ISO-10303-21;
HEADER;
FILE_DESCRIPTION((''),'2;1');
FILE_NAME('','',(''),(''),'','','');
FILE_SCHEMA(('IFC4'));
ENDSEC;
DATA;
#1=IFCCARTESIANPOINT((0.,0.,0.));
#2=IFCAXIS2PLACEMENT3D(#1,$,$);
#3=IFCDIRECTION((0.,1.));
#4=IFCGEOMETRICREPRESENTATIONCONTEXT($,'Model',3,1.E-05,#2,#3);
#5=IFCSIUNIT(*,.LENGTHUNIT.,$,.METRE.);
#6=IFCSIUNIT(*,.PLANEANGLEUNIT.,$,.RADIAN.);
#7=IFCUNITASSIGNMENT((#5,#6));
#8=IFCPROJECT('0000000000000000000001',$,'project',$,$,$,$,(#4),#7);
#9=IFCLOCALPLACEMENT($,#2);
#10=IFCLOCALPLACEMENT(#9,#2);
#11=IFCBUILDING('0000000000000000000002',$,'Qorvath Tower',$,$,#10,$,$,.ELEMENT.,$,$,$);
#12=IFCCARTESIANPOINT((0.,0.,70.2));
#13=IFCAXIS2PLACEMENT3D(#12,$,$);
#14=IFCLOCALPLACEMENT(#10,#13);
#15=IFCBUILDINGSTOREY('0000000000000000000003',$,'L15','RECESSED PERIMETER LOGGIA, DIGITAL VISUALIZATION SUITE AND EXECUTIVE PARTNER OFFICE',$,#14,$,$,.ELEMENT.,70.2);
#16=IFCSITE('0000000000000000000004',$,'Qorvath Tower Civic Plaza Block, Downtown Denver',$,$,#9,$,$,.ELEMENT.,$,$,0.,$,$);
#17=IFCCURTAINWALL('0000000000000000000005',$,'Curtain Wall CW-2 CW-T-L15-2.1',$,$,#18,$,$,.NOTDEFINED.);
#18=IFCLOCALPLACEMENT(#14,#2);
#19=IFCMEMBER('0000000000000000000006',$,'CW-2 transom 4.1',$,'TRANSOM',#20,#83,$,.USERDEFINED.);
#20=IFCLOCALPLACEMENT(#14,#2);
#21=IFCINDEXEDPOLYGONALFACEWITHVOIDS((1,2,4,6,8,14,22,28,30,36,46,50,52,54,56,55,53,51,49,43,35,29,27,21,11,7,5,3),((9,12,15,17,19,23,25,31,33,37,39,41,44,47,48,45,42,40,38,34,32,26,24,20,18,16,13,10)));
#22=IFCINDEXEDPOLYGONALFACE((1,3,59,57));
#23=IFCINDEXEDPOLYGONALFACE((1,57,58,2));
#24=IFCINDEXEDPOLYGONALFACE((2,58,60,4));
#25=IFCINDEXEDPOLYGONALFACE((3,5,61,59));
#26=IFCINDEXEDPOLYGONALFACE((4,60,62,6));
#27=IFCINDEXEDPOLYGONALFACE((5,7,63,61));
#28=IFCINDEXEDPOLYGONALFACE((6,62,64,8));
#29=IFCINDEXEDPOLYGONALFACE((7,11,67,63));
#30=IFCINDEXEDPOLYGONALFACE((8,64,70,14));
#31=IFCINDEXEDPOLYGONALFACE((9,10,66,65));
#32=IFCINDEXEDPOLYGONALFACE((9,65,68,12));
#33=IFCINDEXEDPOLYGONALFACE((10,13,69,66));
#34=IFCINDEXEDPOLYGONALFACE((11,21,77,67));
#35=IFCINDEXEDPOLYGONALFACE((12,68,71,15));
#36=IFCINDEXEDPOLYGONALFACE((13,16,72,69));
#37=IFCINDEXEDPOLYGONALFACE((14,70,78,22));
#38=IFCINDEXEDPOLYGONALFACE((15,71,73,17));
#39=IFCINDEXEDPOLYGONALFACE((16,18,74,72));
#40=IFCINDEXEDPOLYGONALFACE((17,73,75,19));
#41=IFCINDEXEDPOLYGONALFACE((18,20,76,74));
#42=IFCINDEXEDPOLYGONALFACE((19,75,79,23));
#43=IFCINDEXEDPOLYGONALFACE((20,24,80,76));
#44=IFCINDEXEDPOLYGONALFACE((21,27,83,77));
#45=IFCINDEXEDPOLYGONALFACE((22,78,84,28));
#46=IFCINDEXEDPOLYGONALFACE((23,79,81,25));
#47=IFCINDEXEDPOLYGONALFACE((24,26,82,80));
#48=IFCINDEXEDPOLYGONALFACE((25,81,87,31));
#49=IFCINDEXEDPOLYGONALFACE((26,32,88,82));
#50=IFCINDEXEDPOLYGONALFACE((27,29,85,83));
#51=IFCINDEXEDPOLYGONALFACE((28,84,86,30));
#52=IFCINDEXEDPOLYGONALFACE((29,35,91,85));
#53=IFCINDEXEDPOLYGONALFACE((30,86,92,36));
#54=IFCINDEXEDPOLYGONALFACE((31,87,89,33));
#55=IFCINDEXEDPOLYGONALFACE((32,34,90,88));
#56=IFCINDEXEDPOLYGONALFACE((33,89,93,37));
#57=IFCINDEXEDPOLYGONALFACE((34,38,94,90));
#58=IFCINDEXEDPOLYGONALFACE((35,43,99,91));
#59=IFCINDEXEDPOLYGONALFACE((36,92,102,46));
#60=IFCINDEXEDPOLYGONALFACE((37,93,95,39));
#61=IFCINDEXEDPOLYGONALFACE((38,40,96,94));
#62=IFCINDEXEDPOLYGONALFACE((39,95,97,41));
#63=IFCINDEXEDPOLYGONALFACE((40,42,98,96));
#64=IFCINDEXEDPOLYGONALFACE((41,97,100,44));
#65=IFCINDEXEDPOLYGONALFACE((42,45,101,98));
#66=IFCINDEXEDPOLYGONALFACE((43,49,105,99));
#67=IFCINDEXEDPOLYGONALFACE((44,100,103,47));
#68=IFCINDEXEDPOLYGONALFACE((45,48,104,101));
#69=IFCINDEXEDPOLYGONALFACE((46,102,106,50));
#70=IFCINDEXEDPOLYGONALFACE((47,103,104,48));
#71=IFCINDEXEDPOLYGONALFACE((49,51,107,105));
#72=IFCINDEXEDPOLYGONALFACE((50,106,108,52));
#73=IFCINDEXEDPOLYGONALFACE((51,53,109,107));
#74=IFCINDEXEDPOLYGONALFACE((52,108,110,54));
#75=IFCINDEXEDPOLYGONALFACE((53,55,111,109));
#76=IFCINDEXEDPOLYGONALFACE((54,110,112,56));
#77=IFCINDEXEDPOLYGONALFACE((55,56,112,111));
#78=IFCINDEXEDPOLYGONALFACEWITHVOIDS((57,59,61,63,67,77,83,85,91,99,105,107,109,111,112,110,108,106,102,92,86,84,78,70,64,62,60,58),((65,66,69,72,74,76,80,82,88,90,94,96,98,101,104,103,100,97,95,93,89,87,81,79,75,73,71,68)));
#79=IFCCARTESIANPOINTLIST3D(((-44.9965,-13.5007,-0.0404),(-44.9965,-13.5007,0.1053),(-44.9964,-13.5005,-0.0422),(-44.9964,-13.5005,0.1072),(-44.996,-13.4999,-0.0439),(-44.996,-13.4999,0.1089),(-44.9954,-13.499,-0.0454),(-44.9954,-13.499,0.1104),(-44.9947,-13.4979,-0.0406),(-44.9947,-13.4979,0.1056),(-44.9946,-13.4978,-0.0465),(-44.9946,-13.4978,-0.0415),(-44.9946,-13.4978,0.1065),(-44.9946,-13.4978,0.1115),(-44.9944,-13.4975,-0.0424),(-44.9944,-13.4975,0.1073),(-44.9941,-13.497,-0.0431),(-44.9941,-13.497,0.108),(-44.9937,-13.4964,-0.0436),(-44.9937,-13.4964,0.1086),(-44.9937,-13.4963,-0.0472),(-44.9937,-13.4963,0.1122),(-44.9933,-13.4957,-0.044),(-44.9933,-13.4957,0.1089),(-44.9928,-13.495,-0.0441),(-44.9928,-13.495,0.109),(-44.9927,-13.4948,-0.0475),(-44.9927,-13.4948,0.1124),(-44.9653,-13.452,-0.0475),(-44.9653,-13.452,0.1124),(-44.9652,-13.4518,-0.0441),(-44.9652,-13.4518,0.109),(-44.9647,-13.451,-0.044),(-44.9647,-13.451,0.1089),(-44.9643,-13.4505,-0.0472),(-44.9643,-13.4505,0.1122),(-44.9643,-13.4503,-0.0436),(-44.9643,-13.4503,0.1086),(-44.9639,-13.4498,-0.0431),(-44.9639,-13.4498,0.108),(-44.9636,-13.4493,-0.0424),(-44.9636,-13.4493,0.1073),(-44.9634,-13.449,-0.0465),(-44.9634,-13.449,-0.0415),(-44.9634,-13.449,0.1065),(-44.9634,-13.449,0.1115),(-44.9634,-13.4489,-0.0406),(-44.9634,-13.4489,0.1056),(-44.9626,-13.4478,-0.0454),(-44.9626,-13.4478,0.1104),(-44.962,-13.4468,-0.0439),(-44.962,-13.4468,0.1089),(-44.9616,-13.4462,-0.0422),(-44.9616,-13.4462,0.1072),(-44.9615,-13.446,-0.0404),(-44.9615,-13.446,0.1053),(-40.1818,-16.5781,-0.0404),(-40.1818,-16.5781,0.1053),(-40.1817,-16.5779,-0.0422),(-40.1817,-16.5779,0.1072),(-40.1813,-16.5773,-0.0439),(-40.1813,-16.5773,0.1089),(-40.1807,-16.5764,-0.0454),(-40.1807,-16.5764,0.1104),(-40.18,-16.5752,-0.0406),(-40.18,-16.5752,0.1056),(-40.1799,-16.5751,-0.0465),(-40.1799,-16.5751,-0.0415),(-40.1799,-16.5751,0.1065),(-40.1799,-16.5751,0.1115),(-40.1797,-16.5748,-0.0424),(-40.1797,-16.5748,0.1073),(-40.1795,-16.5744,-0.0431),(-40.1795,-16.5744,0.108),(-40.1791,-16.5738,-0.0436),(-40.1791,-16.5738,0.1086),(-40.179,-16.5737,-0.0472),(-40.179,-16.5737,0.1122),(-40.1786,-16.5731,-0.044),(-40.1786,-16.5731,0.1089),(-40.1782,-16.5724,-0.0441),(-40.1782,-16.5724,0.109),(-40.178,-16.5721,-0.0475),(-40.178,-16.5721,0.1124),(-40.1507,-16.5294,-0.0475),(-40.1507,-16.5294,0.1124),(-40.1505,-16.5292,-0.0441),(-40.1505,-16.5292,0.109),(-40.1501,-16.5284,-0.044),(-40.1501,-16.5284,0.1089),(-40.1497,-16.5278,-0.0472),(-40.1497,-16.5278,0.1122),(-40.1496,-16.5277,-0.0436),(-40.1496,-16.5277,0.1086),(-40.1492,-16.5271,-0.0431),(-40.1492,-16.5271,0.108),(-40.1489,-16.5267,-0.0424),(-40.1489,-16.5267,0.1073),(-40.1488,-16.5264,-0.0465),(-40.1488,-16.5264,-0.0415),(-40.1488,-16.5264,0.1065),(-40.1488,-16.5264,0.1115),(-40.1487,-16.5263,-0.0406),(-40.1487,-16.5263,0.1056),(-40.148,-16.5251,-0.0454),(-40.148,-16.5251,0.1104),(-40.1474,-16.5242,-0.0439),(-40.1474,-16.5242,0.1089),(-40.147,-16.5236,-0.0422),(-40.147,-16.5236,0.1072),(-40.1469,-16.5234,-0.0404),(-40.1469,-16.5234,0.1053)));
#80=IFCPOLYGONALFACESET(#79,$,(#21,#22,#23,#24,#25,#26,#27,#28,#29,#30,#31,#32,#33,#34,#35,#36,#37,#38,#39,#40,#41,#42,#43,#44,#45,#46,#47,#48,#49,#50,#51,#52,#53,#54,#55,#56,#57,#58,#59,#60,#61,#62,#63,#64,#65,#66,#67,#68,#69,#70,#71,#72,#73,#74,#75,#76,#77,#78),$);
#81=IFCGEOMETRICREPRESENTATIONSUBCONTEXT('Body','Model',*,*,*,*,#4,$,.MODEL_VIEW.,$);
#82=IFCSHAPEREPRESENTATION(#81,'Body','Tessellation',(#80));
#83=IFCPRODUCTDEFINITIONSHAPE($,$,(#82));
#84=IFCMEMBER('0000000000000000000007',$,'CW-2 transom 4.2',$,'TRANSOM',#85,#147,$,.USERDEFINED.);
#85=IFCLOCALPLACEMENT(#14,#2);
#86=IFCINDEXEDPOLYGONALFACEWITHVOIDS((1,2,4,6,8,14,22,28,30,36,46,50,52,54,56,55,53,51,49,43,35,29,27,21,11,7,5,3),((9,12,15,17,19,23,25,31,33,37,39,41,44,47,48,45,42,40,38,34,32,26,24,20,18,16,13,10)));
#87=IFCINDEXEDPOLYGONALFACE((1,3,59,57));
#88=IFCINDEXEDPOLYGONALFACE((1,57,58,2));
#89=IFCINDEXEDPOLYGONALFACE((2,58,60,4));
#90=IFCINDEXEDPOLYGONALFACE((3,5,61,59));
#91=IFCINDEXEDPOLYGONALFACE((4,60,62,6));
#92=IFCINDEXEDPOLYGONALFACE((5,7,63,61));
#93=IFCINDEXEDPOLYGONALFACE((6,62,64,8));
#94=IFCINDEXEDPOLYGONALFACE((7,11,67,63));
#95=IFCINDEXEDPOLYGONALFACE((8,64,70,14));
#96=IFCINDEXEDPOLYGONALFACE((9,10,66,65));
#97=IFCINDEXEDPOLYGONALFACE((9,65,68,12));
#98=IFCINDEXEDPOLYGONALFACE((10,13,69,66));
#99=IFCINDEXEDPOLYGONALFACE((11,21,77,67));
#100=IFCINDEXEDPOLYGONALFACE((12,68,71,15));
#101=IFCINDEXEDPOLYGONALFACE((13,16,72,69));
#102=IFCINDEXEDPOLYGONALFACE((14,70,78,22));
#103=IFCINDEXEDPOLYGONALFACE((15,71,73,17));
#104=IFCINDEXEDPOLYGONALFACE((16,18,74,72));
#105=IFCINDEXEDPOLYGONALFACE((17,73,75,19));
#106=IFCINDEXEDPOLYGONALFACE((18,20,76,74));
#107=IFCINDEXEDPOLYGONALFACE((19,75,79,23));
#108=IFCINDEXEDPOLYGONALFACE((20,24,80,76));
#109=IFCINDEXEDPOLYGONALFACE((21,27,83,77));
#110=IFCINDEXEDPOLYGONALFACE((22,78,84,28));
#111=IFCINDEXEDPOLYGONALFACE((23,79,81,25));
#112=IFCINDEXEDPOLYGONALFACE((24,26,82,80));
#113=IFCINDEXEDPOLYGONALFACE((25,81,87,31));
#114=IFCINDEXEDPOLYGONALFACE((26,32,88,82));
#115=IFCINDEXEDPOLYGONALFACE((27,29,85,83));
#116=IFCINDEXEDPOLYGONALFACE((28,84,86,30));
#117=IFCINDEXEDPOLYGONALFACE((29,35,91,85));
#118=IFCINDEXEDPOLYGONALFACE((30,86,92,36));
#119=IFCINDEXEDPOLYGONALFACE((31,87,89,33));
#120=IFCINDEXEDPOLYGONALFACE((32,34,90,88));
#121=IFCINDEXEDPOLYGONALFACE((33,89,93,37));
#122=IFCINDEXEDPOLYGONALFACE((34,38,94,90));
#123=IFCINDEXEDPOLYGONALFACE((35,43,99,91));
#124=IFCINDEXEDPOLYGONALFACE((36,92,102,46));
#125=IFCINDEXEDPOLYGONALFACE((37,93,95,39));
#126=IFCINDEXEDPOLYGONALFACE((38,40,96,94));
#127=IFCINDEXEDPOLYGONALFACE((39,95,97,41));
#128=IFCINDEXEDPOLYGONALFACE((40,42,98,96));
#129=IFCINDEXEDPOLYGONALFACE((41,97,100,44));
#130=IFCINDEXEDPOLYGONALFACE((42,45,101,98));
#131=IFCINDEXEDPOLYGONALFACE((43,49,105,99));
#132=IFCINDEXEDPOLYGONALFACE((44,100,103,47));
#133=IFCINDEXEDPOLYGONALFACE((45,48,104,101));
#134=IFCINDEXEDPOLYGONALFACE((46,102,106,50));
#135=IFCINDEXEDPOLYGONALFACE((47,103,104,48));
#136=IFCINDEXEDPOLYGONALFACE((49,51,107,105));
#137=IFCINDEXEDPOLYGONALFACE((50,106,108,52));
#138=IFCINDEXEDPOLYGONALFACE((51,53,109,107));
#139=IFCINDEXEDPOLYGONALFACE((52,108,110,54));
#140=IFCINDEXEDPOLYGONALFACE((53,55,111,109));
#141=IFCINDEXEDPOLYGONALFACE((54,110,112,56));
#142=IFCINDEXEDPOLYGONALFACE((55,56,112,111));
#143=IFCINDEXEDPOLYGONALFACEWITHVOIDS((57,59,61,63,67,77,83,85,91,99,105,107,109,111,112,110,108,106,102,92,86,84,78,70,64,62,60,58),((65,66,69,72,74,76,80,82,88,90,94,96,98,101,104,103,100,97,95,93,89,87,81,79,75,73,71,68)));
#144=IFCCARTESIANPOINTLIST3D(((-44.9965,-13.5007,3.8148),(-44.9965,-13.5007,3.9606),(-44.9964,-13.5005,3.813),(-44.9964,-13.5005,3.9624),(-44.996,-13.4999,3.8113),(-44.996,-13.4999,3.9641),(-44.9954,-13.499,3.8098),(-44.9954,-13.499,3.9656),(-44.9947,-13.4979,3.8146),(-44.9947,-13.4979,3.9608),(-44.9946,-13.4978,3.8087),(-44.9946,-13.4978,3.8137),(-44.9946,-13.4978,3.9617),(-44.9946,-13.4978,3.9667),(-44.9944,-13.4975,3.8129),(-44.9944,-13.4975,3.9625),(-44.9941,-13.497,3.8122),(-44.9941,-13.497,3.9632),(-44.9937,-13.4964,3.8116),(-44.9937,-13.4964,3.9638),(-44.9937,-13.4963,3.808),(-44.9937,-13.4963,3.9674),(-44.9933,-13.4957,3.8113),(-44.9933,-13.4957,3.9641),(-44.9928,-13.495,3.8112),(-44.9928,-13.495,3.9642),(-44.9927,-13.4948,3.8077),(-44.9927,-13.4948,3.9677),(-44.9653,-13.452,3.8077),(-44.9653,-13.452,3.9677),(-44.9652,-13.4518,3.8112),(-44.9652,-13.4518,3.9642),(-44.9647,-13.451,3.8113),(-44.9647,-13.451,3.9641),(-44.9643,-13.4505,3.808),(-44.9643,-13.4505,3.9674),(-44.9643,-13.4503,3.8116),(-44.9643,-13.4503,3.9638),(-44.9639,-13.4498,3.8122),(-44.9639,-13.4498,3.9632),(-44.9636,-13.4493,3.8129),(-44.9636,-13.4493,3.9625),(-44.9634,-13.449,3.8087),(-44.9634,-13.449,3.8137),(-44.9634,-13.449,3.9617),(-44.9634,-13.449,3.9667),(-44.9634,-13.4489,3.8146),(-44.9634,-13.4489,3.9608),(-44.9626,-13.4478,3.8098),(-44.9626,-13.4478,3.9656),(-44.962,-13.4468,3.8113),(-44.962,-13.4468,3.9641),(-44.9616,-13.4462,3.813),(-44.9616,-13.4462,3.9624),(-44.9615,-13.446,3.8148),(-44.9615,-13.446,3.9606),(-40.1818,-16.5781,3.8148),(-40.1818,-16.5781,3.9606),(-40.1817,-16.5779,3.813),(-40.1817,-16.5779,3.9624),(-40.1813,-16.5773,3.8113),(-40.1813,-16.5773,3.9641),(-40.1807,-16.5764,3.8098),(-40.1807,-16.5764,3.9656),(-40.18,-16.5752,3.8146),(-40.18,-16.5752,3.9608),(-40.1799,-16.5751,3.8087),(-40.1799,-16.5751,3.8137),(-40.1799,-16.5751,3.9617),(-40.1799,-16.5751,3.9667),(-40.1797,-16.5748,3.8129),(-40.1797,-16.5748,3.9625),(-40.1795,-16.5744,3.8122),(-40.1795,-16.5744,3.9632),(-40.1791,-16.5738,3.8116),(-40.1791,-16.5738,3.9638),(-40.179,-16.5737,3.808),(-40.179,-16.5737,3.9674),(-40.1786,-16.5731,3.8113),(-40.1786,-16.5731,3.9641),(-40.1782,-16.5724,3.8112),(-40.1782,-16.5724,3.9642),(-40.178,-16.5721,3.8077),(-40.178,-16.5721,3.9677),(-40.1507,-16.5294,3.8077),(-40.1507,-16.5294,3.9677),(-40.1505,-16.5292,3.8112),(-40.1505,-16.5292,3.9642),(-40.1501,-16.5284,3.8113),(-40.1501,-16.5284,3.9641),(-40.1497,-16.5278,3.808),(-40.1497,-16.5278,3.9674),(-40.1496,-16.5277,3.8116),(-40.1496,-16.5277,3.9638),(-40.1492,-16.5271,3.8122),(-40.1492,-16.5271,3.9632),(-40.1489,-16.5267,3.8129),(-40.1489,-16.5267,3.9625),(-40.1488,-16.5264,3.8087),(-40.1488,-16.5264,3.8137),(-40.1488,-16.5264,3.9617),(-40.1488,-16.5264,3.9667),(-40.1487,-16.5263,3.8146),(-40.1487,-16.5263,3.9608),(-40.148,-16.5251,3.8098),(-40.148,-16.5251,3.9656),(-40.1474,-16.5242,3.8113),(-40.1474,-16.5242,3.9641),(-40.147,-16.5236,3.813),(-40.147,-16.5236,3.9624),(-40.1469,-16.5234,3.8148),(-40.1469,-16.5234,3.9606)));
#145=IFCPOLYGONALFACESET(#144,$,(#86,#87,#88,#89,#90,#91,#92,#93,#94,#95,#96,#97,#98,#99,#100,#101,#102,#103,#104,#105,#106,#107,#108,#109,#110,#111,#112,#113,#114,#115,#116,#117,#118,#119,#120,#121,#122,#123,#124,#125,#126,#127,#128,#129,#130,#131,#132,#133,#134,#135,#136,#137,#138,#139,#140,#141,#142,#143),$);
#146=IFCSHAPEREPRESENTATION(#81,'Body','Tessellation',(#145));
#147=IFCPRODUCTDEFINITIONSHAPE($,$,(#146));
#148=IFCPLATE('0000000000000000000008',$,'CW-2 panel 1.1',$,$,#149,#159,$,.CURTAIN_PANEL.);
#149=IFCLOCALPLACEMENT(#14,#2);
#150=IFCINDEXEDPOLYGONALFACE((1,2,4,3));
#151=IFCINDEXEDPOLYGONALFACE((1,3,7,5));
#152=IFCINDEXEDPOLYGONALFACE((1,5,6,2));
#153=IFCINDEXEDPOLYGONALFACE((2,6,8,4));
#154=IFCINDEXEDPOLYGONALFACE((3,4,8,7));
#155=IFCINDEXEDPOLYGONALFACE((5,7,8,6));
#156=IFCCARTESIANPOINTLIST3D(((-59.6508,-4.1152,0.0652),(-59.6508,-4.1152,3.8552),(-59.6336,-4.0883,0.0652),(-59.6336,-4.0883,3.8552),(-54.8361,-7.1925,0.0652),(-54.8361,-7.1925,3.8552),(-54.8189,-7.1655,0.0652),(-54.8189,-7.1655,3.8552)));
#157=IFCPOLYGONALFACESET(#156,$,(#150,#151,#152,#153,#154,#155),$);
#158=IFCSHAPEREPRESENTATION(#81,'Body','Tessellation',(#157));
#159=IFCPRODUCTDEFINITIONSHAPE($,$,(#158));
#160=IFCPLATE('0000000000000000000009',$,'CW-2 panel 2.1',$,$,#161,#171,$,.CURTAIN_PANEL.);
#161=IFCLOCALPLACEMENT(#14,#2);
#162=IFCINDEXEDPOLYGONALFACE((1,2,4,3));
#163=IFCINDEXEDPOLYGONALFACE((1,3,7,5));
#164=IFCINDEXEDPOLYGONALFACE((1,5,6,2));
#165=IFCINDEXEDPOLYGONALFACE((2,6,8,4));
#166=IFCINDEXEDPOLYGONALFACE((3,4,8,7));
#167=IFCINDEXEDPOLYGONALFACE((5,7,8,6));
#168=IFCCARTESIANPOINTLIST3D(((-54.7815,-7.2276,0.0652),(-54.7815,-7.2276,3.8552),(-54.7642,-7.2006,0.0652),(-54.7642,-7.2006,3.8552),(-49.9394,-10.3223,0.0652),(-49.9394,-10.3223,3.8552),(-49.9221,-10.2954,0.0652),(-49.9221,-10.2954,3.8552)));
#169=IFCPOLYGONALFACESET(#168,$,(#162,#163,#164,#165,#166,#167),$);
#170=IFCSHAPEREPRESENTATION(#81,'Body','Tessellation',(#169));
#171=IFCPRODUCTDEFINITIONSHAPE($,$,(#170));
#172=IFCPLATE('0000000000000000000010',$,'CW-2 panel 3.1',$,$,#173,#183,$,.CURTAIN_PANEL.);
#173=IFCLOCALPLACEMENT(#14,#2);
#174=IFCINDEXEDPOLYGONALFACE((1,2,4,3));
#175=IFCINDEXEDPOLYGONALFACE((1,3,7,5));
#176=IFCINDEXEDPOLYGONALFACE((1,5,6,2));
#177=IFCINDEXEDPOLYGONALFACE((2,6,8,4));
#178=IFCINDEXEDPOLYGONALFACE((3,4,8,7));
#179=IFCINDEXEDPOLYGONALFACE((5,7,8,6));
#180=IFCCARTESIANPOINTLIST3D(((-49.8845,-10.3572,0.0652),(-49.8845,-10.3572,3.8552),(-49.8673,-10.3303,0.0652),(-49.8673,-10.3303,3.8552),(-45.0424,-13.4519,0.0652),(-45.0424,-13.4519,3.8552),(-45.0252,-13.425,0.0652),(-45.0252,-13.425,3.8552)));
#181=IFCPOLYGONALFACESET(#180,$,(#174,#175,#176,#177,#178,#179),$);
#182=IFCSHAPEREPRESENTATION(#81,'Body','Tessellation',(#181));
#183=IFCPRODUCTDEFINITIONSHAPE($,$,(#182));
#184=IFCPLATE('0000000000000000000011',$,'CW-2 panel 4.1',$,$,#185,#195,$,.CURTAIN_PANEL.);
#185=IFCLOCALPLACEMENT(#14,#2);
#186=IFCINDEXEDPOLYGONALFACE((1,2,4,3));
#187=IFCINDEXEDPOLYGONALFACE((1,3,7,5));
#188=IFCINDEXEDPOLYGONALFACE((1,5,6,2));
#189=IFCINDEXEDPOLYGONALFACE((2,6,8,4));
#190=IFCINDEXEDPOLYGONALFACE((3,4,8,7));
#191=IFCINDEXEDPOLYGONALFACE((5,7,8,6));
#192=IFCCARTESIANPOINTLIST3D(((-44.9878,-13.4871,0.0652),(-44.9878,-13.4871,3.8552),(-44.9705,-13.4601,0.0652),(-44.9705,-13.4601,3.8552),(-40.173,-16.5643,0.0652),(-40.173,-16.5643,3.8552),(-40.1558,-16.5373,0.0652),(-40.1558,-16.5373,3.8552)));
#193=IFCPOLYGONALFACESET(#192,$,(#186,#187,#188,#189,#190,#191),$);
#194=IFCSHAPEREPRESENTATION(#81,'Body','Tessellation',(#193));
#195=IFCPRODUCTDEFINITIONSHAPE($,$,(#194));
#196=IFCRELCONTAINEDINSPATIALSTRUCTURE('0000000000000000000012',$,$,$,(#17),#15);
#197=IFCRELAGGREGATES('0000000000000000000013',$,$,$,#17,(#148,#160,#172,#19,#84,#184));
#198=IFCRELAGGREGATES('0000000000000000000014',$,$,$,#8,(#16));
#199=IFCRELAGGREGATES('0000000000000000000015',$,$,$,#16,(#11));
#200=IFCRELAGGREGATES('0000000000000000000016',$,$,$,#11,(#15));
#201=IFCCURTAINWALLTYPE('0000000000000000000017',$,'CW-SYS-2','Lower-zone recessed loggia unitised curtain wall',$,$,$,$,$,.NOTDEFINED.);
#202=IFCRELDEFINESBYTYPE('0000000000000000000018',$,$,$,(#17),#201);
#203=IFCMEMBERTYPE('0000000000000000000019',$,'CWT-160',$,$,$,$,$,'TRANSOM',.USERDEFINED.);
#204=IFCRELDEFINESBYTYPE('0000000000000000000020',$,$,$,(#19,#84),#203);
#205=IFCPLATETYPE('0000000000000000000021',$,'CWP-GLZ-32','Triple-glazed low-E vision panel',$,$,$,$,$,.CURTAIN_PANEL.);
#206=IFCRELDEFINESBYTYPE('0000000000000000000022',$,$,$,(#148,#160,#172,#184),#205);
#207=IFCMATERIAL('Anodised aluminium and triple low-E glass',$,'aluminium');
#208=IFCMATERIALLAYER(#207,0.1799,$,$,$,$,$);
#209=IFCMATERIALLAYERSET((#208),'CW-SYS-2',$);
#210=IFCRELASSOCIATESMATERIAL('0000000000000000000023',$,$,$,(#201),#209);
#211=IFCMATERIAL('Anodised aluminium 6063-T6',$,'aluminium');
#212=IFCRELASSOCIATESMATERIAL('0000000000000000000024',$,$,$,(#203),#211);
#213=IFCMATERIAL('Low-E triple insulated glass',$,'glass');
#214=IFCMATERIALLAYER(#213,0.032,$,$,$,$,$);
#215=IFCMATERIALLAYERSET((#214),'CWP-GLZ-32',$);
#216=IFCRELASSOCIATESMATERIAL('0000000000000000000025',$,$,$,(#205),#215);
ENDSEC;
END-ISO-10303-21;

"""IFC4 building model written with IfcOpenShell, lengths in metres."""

from ifc_helpers import new_model, si_unit, direction, frame, origin, origin_2d, place, context, subcontext, project, spatial, rectangle, hollow_rectangle, extrude, material, layer, layer_set, material_profile, profile_set, type_object, element, aggregate, save


model = new_model("IFC4")

# Units and contexts
model_context = context("Model", 3, precision=1e-05, world=origin(), true_north=direction((0.0, 1.0)))
body_context = subcontext(model_context, "Body", "Model", "MODEL_VIEW")
ifc_project = project(units=[si_unit("LENGTHUNIT", "METRE"), si_unit("PLANEANGLEUNIT", "RADIAN")], contexts=[model_context])

# Site, building, storey
site_placement = place(None, origin())
site = spatial("IfcSite", under=ifc_project, at=site_placement, Name="Qorvath Tower Civic Plaza Block, Downtown Denver", CompositionType="ELEMENT", RefElevation=0.0)
building_placement = place(site_placement, origin())
building = spatial("IfcBuilding", under=site, at=building_placement, Name="Qorvath Tower", CompositionType="ELEMENT")
storey_placement = place(building_placement, frame((0.0, 0.0, 70.2)))
storey = spatial("IfcBuildingStorey", under=building, at=storey_placement, Name="L15", Description="RECESSED PERIMETER LOGGIA, DIGITAL VISUALIZATION SUITE AND EXECUTIVE PARTNER OFFICE", CompositionType="ELEMENT", Elevation=70.2)

# Curtain wall, members, plates
ifc_material_1 = material(Name="Anodised aluminium and triple low-E glass", Category="aluminium")
ifc_layer_1 = layer(ifc_material_1, 0.1799)
ifc_layer_set_1 = layer_set([ifc_layer_1], Name="CW-SYS-2")
curtain_wall_type = type_object("IfcCurtainWallType", Name="CW-SYS-2", Description="Lower-zone recessed loggia unitised curtain wall", PredefinedType="NOTDEFINED", material=ifc_layer_set_1)
curtain_wall_placement = place(storey_placement, origin())
curtain_wall = element("IfcCurtainWall", 1, at=curtain_wall_placement, inside=storey, type_object=curtain_wall_type, Name="Curtain Wall CW-2 CW-T-L15-2.1", PredefinedType="NOTDEFINED")
ifc_material_2 = material(Name="Anodised aluminium 6063-T6", Category="aluminium")
ifc_material_profile_1 = material_profile(ifc_material_2, hollow_rectangle(XDim=0.0649, YDim=0.1599, WallThickness=0.0034, InnerFilletRadius=0.0034, OuterFilletRadius=0.0071, at=origin_2d()), Name="CWT 160x65")
ifc_profile_set_1 = profile_set([ifc_material_profile_1], Name="Anodised aluminium 6063-T6")
member_type_1 = type_object("IfcMemberType", Name="CWT-160", ElementType="TRANSOM", PredefinedType="USERDEFINED", material=ifc_profile_set_1)
member_1_placement = place(storey_placement, frame((-44.979, -13.4734, 0.0325), z_axis=(0.84259, -0.538555, 0.0), x_axis=(0.538555, 0.84259, 0.0)))
member_1 = element("IfcMember", 2, at=member_1_placement, type_object=member_type_1, Name="CW-2 transom 4.1", ObjectType="TRANSOM", PredefinedType="USERDEFINED", context=body_context, shape_type="SweptSolid", body=[
    extrude(hollow_rectangle(XDim=0.0649, YDim=0.1599, WallThickness=0.0034, InnerFilletRadius=0.0034, OuterFilletRadius=0.0071, at=origin_2d()), origin(), (0.0, 0.0, 1.0), 5.7141),
])
member_2_placement = place(storey_placement, frame((-44.979, -13.4734, 3.8877), z_axis=(0.84259, -0.538555, 0.0), x_axis=(0.538555, 0.84259, 0.0)))
member_2 = element("IfcMember", 3, at=member_2_placement, type_object=member_type_1, Name="CW-2 transom 4.2", ObjectType="TRANSOM", PredefinedType="USERDEFINED", context=body_context, shape_type="SweptSolid", body=[
    extrude(hollow_rectangle(XDim=0.0649, YDim=0.1599, WallThickness=0.0034, InnerFilletRadius=0.0034, OuterFilletRadius=0.0071, at=origin_2d()), origin(), (0.0, 0.0, 1.0), 5.7141),
])
ifc_material_3 = material(Name="Low-E triple insulated glass", Category="glass")
ifc_layer_2 = layer(ifc_material_3, 0.032)
ifc_layer_set_2 = layer_set([ifc_layer_2], Name="CWP-GLZ-32")
plate_type = type_object("IfcPlateType", Name="CWP-GLZ-32", Description="Triple-glazed low-E vision panel", PredefinedType="CURTAIN_PANEL", material=ifc_layer_set_2)
plate_1_placement = place(storey_placement, frame((-57.2349, -5.6404, 0.0652), z_axis=(0.0, 0.0, 1.0), x_axis=(0.842606, -0.538531, 0.0)))
plate_1 = element("IfcPlate", 4, at=plate_1_placement, type_object=plate_type, Name="CW-2 panel 1.1", PredefinedType="CURTAIN_PANEL", context=body_context, shape_type="SweptSolid", body=[
    extrude(rectangle(XDim=5.7141, YDim=0.032, at=origin_2d()), origin(), (0.0, 0.0, 1.0), 3.79),
])
plate_2_placement = place(storey_placement, frame((-52.3518, -8.7615, 0.0652), z_axis=(0.0, 0.0, 1.0), x_axis=(0.842606, -0.538531, 0.0)))
plate_2 = element("IfcPlate", 5, at=plate_2_placement, type_object=plate_type, Name="CW-2 panel 2.1", PredefinedType="CURTAIN_PANEL", context=body_context, shape_type="SweptSolid", body=[
    extrude(rectangle(XDim=5.7466, YDim=0.032, at=origin_2d()), origin(), (0.0, 0.0, 1.0), 3.79),
])
plate_3_placement = place(storey_placement, frame((-47.4548, -11.8911, 0.0652), z_axis=(0.0, 0.0, 1.0), x_axis=(0.842606, -0.538531, 0.0)))
plate_3 = element("IfcPlate", 6, at=plate_3_placement, type_object=plate_type, Name="CW-2 panel 3.1", PredefinedType="CURTAIN_PANEL", context=body_context, shape_type="SweptSolid", body=[
    extrude(rectangle(XDim=5.7466, YDim=0.032, at=origin_2d()), origin(), (0.0, 0.0, 1.0), 3.79),
])
plate_4_placement = place(storey_placement, frame((-42.5718, -15.0122, 0.0652), z_axis=(0.0, 0.0, 1.0), x_axis=(0.842606, -0.538531, 0.0)))
plate_4 = element("IfcPlate", 7, at=plate_4_placement, type_object=plate_type, Name="CW-2 panel 4.1", PredefinedType="CURTAIN_PANEL", context=body_context, shape_type="SweptSolid", body=[
    extrude(rectangle(XDim=5.7141, YDim=0.032, at=origin_2d()), origin(), (0.0, 0.0, 1.0), 3.79),
])
aggregate(curtain_wall, [plate_1, plate_2, plate_3, member_1, member_2, plate_4])

save(model, "model.ifc")
